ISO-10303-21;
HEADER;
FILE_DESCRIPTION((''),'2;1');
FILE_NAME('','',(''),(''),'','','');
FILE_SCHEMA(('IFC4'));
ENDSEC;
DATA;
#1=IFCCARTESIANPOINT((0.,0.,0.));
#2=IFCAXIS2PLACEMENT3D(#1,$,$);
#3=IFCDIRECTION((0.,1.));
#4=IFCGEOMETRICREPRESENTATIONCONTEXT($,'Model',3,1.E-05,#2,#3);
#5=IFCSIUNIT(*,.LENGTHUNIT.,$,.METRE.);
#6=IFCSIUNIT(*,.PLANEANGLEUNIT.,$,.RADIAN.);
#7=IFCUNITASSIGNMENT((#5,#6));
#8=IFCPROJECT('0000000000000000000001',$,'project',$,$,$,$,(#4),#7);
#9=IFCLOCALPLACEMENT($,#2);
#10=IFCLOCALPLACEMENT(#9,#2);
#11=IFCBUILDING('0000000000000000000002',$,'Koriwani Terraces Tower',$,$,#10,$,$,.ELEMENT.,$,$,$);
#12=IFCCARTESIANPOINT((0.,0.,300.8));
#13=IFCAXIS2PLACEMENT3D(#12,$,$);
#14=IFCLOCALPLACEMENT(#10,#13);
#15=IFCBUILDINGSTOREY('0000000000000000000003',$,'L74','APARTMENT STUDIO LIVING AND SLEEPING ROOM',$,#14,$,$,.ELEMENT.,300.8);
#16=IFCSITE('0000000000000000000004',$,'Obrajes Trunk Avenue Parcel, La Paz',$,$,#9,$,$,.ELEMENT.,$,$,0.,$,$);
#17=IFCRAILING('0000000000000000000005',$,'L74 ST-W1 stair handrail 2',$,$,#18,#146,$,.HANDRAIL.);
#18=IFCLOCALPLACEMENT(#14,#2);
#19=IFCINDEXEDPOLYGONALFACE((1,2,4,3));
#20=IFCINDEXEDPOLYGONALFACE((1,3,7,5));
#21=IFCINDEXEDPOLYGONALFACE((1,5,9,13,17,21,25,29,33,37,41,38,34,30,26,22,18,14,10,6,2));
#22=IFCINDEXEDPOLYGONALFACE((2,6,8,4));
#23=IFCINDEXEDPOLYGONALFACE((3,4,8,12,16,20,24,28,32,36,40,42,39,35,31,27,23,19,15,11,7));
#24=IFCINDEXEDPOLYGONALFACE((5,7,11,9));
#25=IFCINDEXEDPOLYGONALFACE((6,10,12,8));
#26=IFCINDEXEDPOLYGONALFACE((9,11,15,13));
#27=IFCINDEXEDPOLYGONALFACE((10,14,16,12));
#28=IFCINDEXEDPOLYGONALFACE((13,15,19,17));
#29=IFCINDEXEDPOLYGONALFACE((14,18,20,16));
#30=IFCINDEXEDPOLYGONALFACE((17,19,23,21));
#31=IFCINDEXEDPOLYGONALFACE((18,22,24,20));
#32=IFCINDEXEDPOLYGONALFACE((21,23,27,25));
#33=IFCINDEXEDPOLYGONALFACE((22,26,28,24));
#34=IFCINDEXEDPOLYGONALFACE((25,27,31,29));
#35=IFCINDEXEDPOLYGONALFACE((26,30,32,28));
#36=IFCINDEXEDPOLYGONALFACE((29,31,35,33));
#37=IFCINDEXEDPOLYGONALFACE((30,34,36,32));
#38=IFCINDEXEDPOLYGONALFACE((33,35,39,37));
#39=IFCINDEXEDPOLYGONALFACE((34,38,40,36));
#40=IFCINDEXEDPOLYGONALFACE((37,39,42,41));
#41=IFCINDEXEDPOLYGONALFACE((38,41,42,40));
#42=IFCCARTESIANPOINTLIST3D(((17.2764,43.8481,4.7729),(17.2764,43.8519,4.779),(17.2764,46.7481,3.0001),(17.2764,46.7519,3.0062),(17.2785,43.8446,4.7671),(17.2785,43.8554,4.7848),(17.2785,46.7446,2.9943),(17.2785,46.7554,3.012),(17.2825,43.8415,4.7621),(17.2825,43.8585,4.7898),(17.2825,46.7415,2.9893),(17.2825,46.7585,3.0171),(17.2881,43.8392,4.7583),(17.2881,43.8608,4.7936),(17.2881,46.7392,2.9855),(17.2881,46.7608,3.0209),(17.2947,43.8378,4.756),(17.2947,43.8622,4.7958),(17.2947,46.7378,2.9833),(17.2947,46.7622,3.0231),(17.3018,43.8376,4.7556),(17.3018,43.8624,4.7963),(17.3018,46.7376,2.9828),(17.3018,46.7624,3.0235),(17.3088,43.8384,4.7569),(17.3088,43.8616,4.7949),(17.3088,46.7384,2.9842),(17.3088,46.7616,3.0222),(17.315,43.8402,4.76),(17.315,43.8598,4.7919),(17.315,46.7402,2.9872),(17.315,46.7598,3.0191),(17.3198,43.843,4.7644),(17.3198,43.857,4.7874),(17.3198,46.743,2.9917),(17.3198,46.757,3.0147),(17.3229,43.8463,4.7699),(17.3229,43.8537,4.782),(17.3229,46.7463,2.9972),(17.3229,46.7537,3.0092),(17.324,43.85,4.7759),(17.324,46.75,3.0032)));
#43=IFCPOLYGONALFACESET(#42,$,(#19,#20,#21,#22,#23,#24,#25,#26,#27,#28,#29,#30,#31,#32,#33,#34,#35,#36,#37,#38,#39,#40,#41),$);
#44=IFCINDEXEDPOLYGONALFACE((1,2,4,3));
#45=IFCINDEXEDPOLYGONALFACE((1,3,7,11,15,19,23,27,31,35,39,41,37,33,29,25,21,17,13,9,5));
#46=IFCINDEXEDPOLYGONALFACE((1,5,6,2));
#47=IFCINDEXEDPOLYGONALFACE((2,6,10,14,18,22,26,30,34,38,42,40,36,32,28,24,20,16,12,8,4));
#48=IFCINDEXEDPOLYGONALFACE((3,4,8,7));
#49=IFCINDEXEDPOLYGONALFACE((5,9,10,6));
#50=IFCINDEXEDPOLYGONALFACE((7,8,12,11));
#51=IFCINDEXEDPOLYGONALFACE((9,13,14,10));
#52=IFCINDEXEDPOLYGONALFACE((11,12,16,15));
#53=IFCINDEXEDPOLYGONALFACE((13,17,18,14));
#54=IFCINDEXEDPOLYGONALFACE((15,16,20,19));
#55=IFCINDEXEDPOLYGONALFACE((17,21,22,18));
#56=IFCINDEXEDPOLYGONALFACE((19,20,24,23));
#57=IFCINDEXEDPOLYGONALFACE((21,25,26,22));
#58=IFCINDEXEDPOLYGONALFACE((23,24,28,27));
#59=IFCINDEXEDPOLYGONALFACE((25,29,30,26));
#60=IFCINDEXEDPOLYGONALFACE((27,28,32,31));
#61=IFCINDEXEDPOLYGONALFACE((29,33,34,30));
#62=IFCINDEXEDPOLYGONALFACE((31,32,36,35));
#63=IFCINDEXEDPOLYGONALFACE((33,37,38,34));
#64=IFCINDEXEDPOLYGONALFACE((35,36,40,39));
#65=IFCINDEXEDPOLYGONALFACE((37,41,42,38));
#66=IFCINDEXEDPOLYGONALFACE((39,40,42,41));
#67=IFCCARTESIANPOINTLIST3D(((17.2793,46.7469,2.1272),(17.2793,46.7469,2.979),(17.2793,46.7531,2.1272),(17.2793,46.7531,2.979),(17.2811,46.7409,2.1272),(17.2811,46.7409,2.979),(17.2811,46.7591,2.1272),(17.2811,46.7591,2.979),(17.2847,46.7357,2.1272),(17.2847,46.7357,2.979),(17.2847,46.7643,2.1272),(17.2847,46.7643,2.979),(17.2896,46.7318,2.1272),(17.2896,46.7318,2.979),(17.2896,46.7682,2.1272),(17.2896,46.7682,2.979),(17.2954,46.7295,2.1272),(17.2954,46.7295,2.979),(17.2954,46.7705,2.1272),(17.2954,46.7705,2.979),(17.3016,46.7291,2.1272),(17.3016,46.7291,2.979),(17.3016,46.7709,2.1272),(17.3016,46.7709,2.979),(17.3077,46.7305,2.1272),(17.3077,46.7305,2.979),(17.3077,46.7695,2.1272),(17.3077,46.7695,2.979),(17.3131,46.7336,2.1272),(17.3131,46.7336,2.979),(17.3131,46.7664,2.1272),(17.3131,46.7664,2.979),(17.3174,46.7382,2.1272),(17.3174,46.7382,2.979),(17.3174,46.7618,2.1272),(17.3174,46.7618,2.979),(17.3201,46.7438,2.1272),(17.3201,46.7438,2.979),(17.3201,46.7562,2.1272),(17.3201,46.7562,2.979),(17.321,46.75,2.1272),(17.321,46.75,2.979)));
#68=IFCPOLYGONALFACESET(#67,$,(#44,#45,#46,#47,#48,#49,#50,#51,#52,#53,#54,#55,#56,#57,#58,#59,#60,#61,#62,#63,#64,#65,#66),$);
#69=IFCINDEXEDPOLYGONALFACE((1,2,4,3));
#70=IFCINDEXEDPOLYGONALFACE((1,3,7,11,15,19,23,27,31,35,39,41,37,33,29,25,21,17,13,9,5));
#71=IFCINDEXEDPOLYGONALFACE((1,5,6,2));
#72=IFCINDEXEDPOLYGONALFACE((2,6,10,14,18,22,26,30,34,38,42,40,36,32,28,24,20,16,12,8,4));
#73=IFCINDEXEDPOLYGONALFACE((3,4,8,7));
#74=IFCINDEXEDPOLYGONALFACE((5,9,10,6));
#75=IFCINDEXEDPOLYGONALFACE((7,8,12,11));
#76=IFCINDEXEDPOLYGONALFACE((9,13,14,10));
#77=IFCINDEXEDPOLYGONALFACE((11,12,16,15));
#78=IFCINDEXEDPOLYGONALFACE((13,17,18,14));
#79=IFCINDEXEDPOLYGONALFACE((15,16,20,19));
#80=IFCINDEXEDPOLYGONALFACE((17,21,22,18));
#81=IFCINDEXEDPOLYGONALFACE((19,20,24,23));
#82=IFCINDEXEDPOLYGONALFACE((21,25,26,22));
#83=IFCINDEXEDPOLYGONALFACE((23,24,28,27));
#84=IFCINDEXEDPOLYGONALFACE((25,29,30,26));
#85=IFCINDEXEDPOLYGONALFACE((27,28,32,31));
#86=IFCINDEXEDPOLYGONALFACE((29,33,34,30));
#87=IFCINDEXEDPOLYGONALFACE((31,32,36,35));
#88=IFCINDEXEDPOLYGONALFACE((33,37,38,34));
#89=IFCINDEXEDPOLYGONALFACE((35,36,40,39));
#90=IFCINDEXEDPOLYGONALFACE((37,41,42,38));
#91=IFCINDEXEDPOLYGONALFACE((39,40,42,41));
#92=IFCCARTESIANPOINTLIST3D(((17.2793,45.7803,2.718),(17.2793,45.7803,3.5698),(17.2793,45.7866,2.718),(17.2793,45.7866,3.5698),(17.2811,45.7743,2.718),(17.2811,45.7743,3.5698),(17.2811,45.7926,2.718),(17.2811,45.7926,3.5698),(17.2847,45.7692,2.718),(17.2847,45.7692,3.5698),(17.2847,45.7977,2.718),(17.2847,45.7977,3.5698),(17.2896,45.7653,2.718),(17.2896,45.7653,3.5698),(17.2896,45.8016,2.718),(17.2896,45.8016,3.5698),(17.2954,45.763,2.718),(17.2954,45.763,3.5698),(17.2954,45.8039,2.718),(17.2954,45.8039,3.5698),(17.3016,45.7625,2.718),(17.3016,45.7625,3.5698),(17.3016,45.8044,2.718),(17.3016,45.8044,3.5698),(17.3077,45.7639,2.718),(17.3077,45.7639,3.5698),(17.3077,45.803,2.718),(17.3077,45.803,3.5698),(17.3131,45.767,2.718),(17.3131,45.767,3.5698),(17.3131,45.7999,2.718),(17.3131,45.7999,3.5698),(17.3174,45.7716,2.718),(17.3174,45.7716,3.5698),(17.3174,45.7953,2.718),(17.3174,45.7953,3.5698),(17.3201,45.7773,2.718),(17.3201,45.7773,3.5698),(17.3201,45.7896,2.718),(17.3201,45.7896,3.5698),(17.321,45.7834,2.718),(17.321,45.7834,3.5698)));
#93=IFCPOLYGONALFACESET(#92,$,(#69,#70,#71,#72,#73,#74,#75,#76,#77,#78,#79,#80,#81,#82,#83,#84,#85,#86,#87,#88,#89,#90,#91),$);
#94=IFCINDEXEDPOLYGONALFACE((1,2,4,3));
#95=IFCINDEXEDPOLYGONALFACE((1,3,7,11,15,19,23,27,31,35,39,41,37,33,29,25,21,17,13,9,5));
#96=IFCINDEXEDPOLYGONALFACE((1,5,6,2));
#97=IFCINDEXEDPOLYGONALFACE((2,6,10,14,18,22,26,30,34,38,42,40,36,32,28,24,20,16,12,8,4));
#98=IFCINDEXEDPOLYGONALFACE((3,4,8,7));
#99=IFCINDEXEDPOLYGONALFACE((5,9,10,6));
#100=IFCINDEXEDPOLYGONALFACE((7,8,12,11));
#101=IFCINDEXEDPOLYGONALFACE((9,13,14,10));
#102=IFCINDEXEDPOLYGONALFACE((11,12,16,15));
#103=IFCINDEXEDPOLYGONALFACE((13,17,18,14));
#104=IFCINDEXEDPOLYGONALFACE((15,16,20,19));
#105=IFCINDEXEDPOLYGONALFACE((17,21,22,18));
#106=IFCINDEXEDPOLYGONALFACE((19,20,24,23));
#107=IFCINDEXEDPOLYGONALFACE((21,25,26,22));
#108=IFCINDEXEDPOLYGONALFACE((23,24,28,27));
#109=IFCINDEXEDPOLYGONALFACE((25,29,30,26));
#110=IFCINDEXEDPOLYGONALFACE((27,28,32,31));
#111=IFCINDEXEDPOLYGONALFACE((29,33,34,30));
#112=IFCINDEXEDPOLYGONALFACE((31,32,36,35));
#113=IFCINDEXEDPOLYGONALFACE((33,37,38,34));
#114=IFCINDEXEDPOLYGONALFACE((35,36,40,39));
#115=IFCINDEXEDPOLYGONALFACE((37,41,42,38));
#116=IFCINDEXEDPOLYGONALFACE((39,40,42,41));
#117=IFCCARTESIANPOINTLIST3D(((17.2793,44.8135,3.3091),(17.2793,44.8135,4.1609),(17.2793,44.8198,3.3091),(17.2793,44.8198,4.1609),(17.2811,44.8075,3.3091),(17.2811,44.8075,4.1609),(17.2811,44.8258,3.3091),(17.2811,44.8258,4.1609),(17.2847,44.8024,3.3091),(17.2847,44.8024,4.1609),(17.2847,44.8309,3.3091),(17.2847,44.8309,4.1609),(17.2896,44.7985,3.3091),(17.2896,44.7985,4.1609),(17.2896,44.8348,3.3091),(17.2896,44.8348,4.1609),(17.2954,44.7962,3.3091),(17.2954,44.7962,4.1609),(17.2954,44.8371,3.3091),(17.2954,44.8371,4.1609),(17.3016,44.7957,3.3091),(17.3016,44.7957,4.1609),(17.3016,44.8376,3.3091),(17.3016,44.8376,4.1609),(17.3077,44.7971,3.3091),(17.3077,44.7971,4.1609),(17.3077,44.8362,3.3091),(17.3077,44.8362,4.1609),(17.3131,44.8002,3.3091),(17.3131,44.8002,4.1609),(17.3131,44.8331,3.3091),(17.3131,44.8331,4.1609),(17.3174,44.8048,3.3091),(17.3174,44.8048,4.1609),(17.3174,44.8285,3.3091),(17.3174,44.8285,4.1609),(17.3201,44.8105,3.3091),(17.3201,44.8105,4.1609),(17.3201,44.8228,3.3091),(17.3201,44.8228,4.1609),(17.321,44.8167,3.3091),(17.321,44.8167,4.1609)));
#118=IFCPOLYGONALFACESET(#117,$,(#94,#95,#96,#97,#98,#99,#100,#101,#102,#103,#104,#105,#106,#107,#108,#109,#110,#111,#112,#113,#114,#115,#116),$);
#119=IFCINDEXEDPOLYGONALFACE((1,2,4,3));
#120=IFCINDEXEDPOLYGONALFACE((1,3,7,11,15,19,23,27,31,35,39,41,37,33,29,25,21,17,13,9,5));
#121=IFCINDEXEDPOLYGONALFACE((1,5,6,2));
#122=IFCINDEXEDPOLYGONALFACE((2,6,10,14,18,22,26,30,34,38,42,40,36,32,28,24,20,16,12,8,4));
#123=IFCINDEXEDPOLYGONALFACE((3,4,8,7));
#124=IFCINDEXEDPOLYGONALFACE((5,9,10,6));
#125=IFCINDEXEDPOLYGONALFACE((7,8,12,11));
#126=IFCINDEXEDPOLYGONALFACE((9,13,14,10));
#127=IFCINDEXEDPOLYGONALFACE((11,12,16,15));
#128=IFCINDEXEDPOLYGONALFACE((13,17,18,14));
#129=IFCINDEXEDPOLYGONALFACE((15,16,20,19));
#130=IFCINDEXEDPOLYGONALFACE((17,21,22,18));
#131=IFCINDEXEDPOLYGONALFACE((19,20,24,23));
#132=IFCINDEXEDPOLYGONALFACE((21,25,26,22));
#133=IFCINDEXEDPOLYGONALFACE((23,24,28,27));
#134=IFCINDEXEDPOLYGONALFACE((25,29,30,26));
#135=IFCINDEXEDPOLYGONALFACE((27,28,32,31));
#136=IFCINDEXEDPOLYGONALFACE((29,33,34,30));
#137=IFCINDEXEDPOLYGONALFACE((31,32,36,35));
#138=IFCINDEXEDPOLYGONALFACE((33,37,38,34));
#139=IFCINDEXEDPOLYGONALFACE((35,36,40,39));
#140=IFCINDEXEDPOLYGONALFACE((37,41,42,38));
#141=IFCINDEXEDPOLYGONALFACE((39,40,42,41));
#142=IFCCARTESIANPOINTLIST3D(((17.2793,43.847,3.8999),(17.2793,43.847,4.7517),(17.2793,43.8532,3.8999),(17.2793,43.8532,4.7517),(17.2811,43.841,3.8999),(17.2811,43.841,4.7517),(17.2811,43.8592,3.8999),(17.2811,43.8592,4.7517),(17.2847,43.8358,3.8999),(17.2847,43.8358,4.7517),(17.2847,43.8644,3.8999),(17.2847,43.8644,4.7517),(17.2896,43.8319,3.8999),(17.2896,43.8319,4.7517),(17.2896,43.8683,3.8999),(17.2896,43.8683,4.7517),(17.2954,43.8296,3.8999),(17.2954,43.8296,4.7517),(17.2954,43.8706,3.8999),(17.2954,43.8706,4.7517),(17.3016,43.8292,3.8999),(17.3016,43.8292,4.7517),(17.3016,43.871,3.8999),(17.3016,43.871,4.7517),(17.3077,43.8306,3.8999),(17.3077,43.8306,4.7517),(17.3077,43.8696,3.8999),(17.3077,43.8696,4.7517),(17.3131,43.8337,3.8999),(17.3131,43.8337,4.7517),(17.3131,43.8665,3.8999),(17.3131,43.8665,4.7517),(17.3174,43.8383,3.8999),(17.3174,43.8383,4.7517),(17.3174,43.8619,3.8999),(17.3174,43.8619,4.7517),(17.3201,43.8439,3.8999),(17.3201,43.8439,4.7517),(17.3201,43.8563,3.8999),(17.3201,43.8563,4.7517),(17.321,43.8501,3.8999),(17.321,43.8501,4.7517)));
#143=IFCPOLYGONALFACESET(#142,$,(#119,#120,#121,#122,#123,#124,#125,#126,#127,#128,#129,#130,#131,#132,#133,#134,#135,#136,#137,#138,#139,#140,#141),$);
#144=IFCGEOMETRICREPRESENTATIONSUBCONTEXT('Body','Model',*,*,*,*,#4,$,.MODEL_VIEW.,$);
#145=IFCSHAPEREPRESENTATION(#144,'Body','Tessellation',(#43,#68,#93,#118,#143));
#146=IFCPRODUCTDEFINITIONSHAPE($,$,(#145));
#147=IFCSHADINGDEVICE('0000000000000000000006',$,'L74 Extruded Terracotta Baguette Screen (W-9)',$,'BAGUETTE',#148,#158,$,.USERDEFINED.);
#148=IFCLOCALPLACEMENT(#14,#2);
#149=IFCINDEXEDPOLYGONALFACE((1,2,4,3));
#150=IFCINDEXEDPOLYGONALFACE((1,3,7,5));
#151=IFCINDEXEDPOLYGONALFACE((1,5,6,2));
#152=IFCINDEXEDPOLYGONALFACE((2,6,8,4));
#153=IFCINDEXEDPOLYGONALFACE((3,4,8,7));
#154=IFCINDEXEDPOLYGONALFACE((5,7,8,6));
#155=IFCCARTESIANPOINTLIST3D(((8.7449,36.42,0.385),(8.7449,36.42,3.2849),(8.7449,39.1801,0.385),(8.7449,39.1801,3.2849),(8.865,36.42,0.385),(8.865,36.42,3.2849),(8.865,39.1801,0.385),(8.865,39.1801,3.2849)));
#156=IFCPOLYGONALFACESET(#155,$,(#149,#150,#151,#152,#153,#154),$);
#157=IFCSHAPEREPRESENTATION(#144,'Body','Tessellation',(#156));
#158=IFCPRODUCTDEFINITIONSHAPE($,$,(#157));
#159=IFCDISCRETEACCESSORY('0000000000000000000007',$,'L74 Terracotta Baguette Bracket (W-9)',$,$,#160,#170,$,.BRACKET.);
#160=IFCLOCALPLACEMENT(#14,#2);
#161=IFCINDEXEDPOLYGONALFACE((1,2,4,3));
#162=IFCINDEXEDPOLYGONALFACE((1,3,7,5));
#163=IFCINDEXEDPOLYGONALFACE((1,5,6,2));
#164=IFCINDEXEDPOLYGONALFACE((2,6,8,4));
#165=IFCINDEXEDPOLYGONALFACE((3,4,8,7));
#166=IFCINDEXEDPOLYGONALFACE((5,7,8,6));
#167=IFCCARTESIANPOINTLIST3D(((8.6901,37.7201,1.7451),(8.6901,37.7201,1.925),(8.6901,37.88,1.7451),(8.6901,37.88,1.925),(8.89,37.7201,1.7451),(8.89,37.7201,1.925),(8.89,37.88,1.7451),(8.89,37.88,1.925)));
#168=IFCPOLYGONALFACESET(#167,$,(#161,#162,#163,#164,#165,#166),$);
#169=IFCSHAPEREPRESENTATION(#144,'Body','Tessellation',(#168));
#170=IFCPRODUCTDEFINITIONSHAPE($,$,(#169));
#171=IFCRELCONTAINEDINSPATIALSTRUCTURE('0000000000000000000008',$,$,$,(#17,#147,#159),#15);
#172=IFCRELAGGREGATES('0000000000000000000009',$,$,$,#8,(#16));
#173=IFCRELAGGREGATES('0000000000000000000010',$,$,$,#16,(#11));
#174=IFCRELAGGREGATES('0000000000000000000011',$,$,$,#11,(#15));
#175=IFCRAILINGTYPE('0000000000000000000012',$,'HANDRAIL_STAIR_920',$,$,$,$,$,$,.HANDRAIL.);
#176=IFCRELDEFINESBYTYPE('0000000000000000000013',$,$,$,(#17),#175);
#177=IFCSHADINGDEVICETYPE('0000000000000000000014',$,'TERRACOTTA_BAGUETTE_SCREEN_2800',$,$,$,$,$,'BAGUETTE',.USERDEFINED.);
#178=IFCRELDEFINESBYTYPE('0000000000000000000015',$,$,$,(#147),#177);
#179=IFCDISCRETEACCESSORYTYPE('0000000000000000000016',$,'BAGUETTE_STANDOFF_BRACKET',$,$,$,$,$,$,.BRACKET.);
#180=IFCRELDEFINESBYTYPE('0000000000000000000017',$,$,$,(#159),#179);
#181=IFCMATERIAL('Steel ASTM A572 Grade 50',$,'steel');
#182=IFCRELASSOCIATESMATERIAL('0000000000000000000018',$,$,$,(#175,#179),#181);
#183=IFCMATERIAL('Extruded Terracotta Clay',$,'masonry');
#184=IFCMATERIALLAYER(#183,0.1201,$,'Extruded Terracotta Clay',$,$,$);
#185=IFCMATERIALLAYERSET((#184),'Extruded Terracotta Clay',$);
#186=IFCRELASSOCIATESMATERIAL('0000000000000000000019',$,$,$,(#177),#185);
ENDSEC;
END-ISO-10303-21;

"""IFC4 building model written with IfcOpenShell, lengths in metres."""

from ifc_helpers import new_model, si_unit, direction, frame, origin, origin_2d, place, context, subcontext, project, spatial, rectangle, circle, extrude, material, layer, layer_set, type_object, element, save


model = new_model("IFC4")

# Units and contexts
model_context = context("Model", 3, precision=1e-05, world=origin(), true_north=direction((0.0, 1.0)))
body_context = subcontext(model_context, "Body", "Model", "MODEL_VIEW")
ifc_project = project(units=[si_unit("LENGTHUNIT", "METRE"), si_unit("PLANEANGLEUNIT", "RADIAN")], contexts=[model_context])

# Site, building, storey
site_placement = place(None, origin())
site = spatial("IfcSite", under=ifc_project, at=site_placement, Name="Obrajes Trunk Avenue Parcel, La Paz", CompositionType="ELEMENT", RefElevation=0.0)
building_placement = place(site_placement, origin())
building = spatial("IfcBuilding", under=site, at=building_placement, Name="Koriwani Terraces Tower", CompositionType="ELEMENT")
storey_placement = place(building_placement, frame((0.0, 0.0, 300.8)))
storey = spatial("IfcBuildingStorey", under=building, at=storey_placement, Name="L74", Description="APARTMENT STUDIO LIVING AND SLEEPING ROOM", CompositionType="ELEMENT", Elevation=300.8)

# Shared definitions
ifc_material_1 = material(Name="Steel ASTM A572 Grade 50", Category="steel")

# Railing
railing_type_1 = type_object("IfcRailingType", Name="HANDRAIL_STAIR_920", PredefinedType="HANDRAIL", material=ifc_material_1)
railing_1_placement = place(storey_placement, frame((17.3, 46.75, 2.1272)))
element("IfcRailing", 1, at=railing_1_placement, inside=storey, type_object=railing_type_1, Name="L74 ST-W1 stair handrail 2", PredefinedType="HANDRAIL", context=body_context, shape_type="SweptSolid", body=[
    extrude(circle(Radius=0.0239, at=origin_2d()), frame((0.0, 0.0, 0.876), z_axis=(0.0, -0.853211, 0.521566), x_axis=(1.0, 0.0, 0.0)), (0.0, 0.0, 1.0), 3.3989),
    extrude(circle(Radius=0.021, at=origin_2d()), origin(), (0.0, 0.0, 1.0), 0.8518),
    extrude(circle(Radius=0.021, at=origin_2d()), frame((0.0, -0.9666, 0.5908)), (0.0, 0.0, 1.0), 0.8518),
    extrude(circle(Radius=0.021, at=origin_2d()), frame((0.0, -1.9333, 1.1819)), (0.0, 0.0, 1.0), 0.8518),
    extrude(circle(Radius=0.021, at=origin_2d()), frame((0.0, -2.8999, 1.7727)), (0.0, 0.0, 1.0), 0.8518),
])

# Shading device
ifc_material_2 = material(Name="Extruded Terracotta Clay", Category="masonry")
ifc_layer_1 = layer(ifc_material_2, 0.1201, Name="Extruded Terracotta Clay")
ifc_layer_set_1 = layer_set([ifc_layer_1], Name="Extruded Terracotta Clay")
shading_device_type = type_object("IfcShadingDeviceType", Name="TERRACOTTA_BAGUETTE_SCREEN_2800", ElementType="BAGUETTE", PredefinedType="USERDEFINED", material=ifc_layer_set_1)
shading_device_placement = place(storey_placement, frame((8.8049, 37.8, 0.385), z_axis=(0.0, 0.0, 1.0), x_axis=(0.0, 1.0, 0.0)))
element("IfcShadingDevice", 2, at=shading_device_placement, inside=storey, type_object=shading_device_type, Name="L74 Extruded Terracotta Baguette Screen (W-9)", ObjectType="BAGUETTE", PredefinedType="USERDEFINED", context=body_context, shape_type="SweptSolid", body=[
    extrude(rectangle(XDim=2.76, YDim=0.1201, at=origin_2d()), origin(), (0.0, 0.0, 1.0), 2.8999),
])

# Discrete accessory
discrete_accessory_type = type_object("IfcDiscreteAccessoryType", Name="BAGUETTE_STANDOFF_BRACKET", PredefinedType="BRACKET", material=ifc_material_1)
discrete_accessory_placement = place(storey_placement, frame((8.79, 37.8, 1.7451), z_axis=(0.0, 0.0, 1.0), x_axis=(0.0, 1.0, 0.0)))
element("IfcDiscreteAccessory", 3, at=discrete_accessory_placement, inside=storey, type_object=discrete_accessory_type, Name="L74 Terracotta Baguette Bracket (W-9)", PredefinedType="BRACKET", context=body_context, shape_type="SweptSolid", body=[
    extrude(rectangle(XDim=0.1599, YDim=0.2, at=origin_2d()), origin(), (0.0, 0.0, 1.0), 0.1799),
])

save(model, "model.ifc")
